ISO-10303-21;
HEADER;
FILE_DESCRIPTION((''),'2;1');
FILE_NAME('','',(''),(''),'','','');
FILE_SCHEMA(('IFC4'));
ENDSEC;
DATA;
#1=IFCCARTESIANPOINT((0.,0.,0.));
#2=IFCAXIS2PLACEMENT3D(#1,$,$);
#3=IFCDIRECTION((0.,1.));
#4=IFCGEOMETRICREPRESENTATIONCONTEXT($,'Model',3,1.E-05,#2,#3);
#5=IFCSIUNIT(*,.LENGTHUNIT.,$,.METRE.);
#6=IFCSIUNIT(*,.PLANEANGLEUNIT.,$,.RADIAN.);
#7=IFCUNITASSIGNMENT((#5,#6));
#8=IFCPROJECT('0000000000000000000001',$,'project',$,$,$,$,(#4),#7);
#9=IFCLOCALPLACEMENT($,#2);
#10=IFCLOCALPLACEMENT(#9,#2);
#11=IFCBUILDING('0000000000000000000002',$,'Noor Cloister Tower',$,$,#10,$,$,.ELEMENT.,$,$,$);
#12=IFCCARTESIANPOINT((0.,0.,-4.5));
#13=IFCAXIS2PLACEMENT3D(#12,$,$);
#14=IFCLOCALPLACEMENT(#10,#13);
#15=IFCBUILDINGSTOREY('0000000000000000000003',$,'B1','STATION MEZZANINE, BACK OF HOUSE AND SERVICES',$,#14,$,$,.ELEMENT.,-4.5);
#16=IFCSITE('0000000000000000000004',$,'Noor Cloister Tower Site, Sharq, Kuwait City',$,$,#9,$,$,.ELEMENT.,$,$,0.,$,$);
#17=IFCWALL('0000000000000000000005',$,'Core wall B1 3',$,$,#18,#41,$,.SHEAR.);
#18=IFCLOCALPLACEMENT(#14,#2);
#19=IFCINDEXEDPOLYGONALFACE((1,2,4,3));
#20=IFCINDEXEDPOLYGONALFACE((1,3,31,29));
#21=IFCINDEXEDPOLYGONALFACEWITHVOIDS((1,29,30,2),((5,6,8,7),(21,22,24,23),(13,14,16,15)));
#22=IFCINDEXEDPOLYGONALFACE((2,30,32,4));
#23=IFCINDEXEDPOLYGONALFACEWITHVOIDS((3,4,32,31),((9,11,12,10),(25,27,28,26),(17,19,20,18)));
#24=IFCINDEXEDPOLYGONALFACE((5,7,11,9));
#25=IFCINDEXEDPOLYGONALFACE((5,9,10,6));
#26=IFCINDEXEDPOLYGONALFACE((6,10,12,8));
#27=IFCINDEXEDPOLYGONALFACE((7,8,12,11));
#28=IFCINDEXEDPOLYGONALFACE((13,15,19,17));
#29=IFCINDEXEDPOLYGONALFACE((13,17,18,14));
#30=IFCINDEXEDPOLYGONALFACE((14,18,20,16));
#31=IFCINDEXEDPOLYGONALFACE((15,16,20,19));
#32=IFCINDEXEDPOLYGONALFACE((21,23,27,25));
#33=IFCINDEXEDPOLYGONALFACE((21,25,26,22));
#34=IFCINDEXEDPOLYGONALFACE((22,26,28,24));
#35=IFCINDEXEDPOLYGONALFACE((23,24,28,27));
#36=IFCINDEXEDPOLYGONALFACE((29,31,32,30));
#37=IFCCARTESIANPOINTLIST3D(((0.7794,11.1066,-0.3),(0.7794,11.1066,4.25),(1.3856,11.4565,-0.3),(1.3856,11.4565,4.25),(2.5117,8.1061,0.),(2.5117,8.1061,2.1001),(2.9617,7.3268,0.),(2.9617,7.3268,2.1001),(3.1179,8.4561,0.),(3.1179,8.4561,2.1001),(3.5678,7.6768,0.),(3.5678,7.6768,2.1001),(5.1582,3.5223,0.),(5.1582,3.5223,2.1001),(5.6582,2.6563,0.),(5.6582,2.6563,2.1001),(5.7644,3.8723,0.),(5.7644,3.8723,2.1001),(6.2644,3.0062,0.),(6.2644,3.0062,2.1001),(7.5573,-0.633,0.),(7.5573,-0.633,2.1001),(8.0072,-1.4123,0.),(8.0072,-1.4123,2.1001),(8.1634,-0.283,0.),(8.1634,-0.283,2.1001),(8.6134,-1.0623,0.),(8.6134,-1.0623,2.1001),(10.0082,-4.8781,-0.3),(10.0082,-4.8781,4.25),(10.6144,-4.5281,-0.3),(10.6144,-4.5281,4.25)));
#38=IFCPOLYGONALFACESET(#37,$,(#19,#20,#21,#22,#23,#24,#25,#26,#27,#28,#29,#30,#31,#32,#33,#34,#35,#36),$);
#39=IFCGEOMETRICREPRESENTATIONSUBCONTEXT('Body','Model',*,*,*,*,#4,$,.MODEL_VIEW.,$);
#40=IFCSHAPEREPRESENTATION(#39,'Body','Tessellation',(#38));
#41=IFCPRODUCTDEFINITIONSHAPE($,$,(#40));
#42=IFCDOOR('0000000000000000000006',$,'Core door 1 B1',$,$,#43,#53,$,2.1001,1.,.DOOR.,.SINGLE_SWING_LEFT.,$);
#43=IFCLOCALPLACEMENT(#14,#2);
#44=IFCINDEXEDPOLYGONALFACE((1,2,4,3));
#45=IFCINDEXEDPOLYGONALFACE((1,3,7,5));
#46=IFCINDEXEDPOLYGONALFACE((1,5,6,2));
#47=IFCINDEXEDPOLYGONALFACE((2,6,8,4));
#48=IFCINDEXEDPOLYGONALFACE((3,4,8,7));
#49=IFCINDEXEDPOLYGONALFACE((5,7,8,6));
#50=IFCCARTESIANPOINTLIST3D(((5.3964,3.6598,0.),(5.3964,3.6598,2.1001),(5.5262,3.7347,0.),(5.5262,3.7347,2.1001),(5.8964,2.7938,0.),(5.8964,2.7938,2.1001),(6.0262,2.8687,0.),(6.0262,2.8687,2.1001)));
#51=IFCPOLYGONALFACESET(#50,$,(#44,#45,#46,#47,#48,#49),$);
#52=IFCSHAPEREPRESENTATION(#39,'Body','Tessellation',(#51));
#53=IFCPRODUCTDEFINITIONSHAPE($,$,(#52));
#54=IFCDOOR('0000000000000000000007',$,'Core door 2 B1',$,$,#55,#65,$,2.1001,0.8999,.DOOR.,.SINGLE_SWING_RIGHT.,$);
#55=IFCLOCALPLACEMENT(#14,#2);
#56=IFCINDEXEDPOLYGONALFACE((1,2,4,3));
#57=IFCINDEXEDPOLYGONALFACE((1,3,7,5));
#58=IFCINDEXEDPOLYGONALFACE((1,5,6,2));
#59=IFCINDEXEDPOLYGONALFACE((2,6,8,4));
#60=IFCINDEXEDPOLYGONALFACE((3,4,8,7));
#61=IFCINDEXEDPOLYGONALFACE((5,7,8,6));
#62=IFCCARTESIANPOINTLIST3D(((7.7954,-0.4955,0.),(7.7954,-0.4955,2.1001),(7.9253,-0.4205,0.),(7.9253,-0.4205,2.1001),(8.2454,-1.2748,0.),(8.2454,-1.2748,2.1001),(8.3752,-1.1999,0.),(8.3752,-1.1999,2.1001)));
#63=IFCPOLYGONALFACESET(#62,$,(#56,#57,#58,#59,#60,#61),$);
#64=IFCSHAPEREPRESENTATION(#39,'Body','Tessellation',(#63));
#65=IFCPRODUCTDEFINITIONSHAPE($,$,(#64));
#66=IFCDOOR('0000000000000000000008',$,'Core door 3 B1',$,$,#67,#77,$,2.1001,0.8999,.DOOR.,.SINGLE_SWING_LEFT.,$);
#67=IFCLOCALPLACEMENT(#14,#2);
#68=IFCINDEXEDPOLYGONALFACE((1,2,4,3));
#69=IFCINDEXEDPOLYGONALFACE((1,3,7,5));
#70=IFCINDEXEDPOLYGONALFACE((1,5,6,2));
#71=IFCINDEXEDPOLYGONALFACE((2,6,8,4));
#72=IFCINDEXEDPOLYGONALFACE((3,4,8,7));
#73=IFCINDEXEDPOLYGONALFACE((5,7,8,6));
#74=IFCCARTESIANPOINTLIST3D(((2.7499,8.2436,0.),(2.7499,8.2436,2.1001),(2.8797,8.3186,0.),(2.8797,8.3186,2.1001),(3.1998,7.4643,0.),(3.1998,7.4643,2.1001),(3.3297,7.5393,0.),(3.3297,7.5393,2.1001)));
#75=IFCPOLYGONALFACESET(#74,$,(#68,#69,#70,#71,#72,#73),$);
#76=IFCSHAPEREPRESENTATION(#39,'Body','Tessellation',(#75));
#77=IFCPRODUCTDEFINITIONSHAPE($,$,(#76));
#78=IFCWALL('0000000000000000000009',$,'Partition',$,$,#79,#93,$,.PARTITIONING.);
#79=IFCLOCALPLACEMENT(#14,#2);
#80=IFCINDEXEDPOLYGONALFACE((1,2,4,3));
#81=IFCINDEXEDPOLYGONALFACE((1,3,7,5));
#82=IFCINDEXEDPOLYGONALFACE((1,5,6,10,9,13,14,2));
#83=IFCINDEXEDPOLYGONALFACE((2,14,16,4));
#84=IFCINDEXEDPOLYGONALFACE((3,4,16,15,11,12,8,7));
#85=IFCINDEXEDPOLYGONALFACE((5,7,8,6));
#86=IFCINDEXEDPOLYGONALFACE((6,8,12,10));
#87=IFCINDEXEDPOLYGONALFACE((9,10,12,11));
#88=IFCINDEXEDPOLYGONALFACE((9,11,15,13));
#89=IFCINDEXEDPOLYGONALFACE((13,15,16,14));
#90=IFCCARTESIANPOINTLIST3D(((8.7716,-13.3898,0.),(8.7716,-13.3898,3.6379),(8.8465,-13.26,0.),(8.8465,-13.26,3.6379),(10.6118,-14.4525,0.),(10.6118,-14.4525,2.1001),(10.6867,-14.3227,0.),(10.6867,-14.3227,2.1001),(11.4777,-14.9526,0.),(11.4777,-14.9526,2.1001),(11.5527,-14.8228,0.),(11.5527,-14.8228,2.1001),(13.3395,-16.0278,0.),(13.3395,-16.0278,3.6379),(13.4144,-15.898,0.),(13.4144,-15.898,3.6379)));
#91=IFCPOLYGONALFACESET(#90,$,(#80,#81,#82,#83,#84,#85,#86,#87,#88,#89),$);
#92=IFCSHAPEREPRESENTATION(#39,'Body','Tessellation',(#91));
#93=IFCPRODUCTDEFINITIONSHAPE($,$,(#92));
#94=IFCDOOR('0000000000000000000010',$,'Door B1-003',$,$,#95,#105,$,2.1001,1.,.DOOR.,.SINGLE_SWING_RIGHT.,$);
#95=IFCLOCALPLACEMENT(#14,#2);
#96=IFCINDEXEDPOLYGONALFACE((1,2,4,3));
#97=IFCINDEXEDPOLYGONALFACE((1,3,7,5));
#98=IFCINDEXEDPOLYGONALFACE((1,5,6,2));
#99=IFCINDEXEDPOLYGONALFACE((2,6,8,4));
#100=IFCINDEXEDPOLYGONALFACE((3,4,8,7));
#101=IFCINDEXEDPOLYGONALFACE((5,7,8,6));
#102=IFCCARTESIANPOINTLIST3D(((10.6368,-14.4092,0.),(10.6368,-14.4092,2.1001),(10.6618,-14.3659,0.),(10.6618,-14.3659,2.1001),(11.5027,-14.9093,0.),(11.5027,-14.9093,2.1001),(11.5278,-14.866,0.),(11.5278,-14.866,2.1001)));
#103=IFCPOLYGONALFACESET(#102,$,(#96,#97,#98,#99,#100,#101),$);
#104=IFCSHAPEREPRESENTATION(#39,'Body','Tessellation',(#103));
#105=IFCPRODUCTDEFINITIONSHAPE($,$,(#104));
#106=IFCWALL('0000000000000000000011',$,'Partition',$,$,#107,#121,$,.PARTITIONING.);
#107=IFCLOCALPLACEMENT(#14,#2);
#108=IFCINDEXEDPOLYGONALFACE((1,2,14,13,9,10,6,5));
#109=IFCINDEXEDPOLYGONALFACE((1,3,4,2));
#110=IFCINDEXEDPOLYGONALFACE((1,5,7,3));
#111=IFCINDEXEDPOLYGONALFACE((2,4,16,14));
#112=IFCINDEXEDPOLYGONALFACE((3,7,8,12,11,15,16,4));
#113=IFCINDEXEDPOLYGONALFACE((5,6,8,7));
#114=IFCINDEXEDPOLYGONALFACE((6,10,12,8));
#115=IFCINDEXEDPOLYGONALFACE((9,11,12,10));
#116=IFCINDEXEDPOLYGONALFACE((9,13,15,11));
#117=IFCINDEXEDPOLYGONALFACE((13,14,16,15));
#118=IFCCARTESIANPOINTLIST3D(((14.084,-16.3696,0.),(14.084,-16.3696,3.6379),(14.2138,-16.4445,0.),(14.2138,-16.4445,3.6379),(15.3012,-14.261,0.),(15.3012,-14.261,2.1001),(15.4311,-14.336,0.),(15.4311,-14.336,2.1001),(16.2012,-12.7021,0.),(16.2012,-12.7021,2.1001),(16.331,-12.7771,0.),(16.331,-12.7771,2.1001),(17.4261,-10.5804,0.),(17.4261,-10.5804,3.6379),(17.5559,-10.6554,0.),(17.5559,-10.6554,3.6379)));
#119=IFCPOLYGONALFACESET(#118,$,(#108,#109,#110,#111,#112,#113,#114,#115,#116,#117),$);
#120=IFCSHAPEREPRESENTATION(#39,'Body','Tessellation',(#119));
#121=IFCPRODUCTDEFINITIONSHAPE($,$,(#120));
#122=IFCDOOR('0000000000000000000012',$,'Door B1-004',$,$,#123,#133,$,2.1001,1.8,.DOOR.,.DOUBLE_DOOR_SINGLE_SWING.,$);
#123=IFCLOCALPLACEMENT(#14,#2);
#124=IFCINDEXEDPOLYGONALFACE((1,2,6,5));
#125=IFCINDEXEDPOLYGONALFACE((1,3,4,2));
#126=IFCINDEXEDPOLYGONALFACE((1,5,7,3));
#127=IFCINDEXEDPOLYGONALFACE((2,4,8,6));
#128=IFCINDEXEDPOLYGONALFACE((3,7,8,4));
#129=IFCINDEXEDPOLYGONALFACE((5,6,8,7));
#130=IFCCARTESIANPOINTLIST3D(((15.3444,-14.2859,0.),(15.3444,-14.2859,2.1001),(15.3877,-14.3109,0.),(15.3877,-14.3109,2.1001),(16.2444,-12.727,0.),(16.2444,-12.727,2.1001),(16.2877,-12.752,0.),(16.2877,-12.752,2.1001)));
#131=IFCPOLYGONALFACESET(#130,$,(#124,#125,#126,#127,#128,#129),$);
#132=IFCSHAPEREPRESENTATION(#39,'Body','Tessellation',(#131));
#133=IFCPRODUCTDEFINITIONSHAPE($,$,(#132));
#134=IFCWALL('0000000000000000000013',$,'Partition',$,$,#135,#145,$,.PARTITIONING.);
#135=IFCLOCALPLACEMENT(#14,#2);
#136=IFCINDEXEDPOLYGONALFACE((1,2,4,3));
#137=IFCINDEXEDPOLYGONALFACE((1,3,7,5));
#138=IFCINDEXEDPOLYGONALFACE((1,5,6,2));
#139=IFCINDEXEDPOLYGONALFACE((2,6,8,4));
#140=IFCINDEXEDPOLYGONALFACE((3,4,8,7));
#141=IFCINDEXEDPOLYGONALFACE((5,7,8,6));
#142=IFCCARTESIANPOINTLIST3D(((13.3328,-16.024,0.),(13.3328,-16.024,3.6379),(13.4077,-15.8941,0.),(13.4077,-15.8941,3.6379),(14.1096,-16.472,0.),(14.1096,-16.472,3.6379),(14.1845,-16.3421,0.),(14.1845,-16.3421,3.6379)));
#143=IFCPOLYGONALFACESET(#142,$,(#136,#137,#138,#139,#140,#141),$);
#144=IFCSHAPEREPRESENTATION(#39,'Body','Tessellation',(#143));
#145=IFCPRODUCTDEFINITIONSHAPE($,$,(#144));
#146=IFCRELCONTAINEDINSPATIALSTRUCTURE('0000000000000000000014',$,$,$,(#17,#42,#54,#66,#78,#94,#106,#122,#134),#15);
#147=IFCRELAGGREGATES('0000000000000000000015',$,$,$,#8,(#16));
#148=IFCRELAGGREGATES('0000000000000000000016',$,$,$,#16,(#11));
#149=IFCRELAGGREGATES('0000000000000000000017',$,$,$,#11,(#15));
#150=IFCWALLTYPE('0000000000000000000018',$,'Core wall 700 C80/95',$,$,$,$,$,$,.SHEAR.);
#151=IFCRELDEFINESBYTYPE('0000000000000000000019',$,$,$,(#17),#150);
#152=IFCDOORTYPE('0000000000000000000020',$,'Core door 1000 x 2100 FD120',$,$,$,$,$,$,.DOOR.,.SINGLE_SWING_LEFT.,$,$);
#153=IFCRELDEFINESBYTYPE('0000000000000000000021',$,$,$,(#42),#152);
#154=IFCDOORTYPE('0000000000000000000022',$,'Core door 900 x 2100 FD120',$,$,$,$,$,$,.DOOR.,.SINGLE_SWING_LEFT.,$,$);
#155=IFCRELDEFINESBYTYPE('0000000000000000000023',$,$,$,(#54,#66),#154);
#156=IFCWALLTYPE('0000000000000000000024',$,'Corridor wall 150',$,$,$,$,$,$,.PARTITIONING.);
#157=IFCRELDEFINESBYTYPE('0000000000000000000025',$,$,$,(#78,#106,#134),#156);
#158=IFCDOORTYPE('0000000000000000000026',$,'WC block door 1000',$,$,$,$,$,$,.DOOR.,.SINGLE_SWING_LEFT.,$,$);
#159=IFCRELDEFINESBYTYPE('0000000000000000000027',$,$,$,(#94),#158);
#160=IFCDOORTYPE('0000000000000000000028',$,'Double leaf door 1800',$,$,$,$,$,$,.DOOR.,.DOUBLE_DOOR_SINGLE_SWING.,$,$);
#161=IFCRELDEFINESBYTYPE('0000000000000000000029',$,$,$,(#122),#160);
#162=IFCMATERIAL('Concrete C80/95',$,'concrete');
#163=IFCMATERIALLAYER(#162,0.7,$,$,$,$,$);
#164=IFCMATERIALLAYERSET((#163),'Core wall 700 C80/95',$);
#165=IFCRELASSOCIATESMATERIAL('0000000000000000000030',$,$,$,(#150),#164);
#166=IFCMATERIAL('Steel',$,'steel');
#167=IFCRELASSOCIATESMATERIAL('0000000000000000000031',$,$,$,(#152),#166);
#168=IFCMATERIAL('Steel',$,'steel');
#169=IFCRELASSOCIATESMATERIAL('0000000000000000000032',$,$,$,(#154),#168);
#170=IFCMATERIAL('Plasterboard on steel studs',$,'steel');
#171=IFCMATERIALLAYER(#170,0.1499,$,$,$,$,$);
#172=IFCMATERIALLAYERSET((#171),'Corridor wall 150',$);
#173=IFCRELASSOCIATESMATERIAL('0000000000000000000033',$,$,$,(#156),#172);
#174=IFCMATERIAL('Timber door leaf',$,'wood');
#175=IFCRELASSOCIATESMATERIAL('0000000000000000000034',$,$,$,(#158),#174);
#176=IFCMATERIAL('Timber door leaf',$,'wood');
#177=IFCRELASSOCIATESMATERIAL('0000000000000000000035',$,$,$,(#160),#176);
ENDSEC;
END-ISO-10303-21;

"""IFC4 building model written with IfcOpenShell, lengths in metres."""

from ifc_helpers import new_model, si_unit, direction, frame, frame_2d, origin, place, context, subcontext, project, spatial, rectangle, extrude, material, layer, layer_set, type_object, element, fill, save


model = new_model("IFC4")

# Units and contexts
model_context = context("Model", 3, precision=1e-05, world=origin(), true_north=direction((0.0, 1.0)))
body_context = subcontext(model_context, "Body", "Model", "MODEL_VIEW")
ifc_project = project(units=[si_unit("LENGTHUNIT", "METRE"), si_unit("PLANEANGLEUNIT", "RADIAN")], contexts=[model_context])

# Site, building, storey
site_placement = place(None, origin())
site = spatial("IfcSite", under=ifc_project, at=site_placement, Name="Noor Cloister Tower Site, Sharq, Kuwait City", CompositionType="ELEMENT", RefElevation=0.0)
building_placement = place(site_placement, origin())
building = spatial("IfcBuilding", under=site, at=building_placement, Name="Noor Cloister Tower", CompositionType="ELEMENT")
storey_placement = place(building_placement, frame((0.0, 0.0, -4.5)))
storey = spatial("IfcBuildingStorey", under=building, at=storey_placement, Name="B1", Description="STATION MEZZANINE, BACK OF HOUSE AND SERVICES", CompositionType="ELEMENT", Elevation=-4.5)

# Wall, openings, doors
ifc_material_1 = material(Name="Concrete C80/95", Category="concrete")
ifc_layer_1 = layer(ifc_material_1, 0.7)
ifc_layer_set_1 = layer_set([ifc_layer_1], Name="Core wall 700 C80/95")
wall_type_1 = type_object("IfcWallType", Name="Core wall 700 C80/95", PredefinedType="SHEAR", material=ifc_layer_set_1)
wall_1_placement = place(storey_placement, frame((10.3113, -4.7031, -0.3), z_axis=(0.0, 0.0, 1.0), x_axis=(-0.500001, 0.866025, 0.0)))
wall_1 = element("IfcWall", 1, at=wall_1_placement, inside=storey, type_object=wall_type_1, Name="Core wall B1 3", PredefinedType="SHEAR", context=body_context, shape_type="SweptSolid", body=[
    extrude(rectangle(XDim=18.4575, YDim=0.7, at=frame_2d((9.2288, 0.0))), origin(), (0.0, 0.0, 1.0), 4.55),
])
opening_1_placement = place(wall_1_placement, frame((8.7, 0.0, 0.3)))
opening_1 = element("IfcOpeningElement", 2, at=opening_1_placement, cuts=wall_1, PredefinedType="OPENING", context=body_context, shape_type="SweptSolid", body=[
    extrude(rectangle(XDim=1.0, YDim=2.1001, at=frame_2d((0.5, 1.05))), frame((0.0, 0.3599, 0.0), z_axis=(0.0, -1.0, 0.0), x_axis=(1.0, 0.0, 0.0)), (0.0, 0.0, 1.0), 0.72),
])
opening_2_placement = place(wall_1_placement, frame((4.002, 0.0, 0.3)))
opening_2 = element("IfcOpeningElement", 3, at=opening_2_placement, cuts=wall_1, PredefinedType="OPENING", context=body_context, shape_type="SweptSolid", body=[
    extrude(rectangle(XDim=0.8999, YDim=2.1001, at=frame_2d((0.45, 1.05))), frame((0.0, 0.3599, 0.0), z_axis=(0.0, -1.0, 0.0), x_axis=(1.0, 0.0, 0.0)), (0.0, 0.0, 1.0), 0.72),
])
opening_3_placement = place(wall_1_placement, frame((14.093, 0.0, 0.3)))
opening_3 = element("IfcOpeningElement", 4, at=opening_3_placement, cuts=wall_1, PredefinedType="OPENING", context=body_context, shape_type="SweptSolid", body=[
    extrude(rectangle(XDim=0.8999, YDim=2.1001, at=frame_2d((0.45, 1.05))), frame((0.0, 0.3599, 0.0), z_axis=(0.0, -1.0, 0.0), x_axis=(1.0, 0.0, 0.0)), (0.0, 0.0, 1.0), 0.72),
])
ifc_material_2 = material(Name="Steel", Category="steel")
door_type_1 = type_object("IfcDoorType", Name="Core door 1000 x 2100 FD120", OperationType="SINGLE_SWING_LEFT", PredefinedType="DOOR", material=ifc_material_2)
door_1_placement = place(opening_1_placement, origin())
door_1 = element("IfcDoor", 5, at=door_1_placement, inside=storey, type_object=door_type_1, Name="Core door 1 B1", OperationType="SINGLE_SWING_LEFT", OverallHeight=2.1001, OverallWidth=1.0, PredefinedType="DOOR", context=body_context, shape_type="SweptSolid", body=[
    extrude(rectangle(XDim=1.0, YDim=2.1001, at=frame_2d((0.5, 1.05))), frame((0.0, 0.075, 0.0), z_axis=(0.0, -1.0, 0.0), x_axis=(1.0, 0.0, 0.0)), (0.0, 0.0, 1.0), 0.1499),
])
fill(opening_1, door_1)
ifc_material_3 = material(Name="Steel", Category="steel")
door_type_2 = type_object("IfcDoorType", Name="Core door 900 x 2100 FD120", OperationType="SINGLE_SWING_LEFT", PredefinedType="DOOR", material=ifc_material_3)
door_2_placement = place(opening_2_placement, origin())
door_2 = element("IfcDoor", 6, at=door_2_placement, inside=storey, type_object=door_type_2, Name="Core door 2 B1", OperationType="SINGLE_SWING_RIGHT", OverallHeight=2.1001, OverallWidth=0.8999, PredefinedType="DOOR", context=body_context, shape_type="SweptSolid", body=[
    extrude(rectangle(XDim=0.8999, YDim=2.1001, at=frame_2d((0.45, 1.05))), frame((0.0, 0.075, 0.0), z_axis=(0.0, -1.0, 0.0), x_axis=(1.0, 0.0, 0.0)), (0.0, 0.0, 1.0), 0.1499),
])
fill(opening_2, door_2)
door_3_placement = place(opening_3_placement, origin())
door_3 = element("IfcDoor", 7, at=door_3_placement, inside=storey, type_object=door_type_2, Name="Core door 3 B1", OperationType="SINGLE_SWING_LEFT", OverallHeight=2.1001, OverallWidth=0.8999, PredefinedType="DOOR", context=body_context, shape_type="SweptSolid", body=[
    extrude(rectangle(XDim=0.8999, YDim=2.1001, at=frame_2d((0.45, 1.05))), frame((0.0, 0.075, 0.0), z_axis=(0.0, -1.0, 0.0), x_axis=(1.0, 0.0, 0.0)), (0.0, 0.0, 1.0), 0.1499),
])
fill(opening_3, door_3)

# Walls, openings, doors
ifc_material_4 = material(Name="Plasterboard on steel studs", Category="steel")
ifc_layer_2 = layer(ifc_material_4, 0.1499)
ifc_layer_set_2 = layer_set([ifc_layer_2], Name="Corridor wall 150")
wall_type_2 = type_object("IfcWallType", Name="Corridor wall 150", PredefinedType="PARTITIONING", material=ifc_layer_set_2)
wall_2_placement = place(storey_placement, frame((13.377, -15.9629, 0.0), z_axis=(0.0, 0.0, 1.0), x_axis=(-0.86597, 0.500096, 0.0)))
wall_2 = element("IfcWall", 8, at=wall_2_placement, inside=storey, type_object=wall_type_2, Name="Partition", PredefinedType="PARTITIONING", context=body_context, shape_type="SweptSolid", body=[
    extrude(rectangle(XDim=5.2749, YDim=0.1499, at=frame_2d((2.6375, 0.0))), origin(), (0.0, 0.0, 1.0), 3.6379),
])
opening_4_placement = place(wall_2_placement, frame((2.1499, 0.0, 0.0)))
opening_4 = element("IfcOpeningElement", 9, at=opening_4_placement, cuts=wall_2, PredefinedType="OPENING", context=body_context, shape_type="SweptSolid", body=[
    extrude(rectangle(XDim=1.0, YDim=2.1001, at=frame_2d((0.5, 1.05))), frame((0.0, 0.085, 0.0), z_axis=(0.0, -1.0, 0.0), x_axis=(1.0, 0.0, 0.0)), (0.0, 0.0, 1.0), 0.1699),
])
ifc_material_5 = material(Name="Timber door leaf", Category="wood")
door_type_3 = type_object("IfcDoorType", Name="WC block door 1000", OperationType="SINGLE_SWING_LEFT", PredefinedType="DOOR", material=ifc_material_5)
door_4_placement = place(opening_4_placement, origin())
door_4 = element("IfcDoor", 10, at=door_4_placement, inside=storey, type_object=door_type_3, Name="Door B1-003", OperationType="SINGLE_SWING_RIGHT", OverallHeight=2.1001, OverallWidth=1.0, PredefinedType="DOOR", context=body_context, shape_type="SweptSolid", body=[
    extrude(rectangle(XDim=1.0, YDim=2.1001, at=frame_2d((0.5, 1.05))), frame((0.0, 0.0249, 0.0), z_axis=(0.0, -1.0, 0.0), x_axis=(1.0, 0.0, 0.0)), (0.0, 0.0, 1.0), 0.05),
])
fill(opening_4, door_4)
wall_3_placement = place(storey_placement, frame((17.491, -10.6179, 0.0), z_axis=(0.0, 0.0, 1.0), x_axis=(-0.499969, -0.866043, 0.0)))
wall_3 = element("IfcWall", 11, at=wall_3_placement, inside=storey, type_object=wall_type_2, Name="Partition", PredefinedType="PARTITIONING", context=body_context, shape_type="SweptSolid", body=[
    extrude(rectangle(XDim=6.6846, YDim=0.1499, at=frame_2d((3.3423, 0.0))), origin(), (0.0, 0.0, 1.0), 3.6379),
])
opening_5_placement = place(wall_3_placement, frame((2.45, 0.0, 0.0)))
opening_5 = element("IfcOpeningElement", 12, at=opening_5_placement, cuts=wall_3, PredefinedType="OPENING", context=body_context, shape_type="SweptSolid", body=[
    extrude(rectangle(XDim=1.8, YDim=2.1001, at=frame_2d((0.8999, 1.05))), frame((0.0, 0.085, 0.0), z_axis=(0.0, -1.0, 0.0), x_axis=(1.0, 0.0, 0.0)), (0.0, 0.0, 1.0), 0.1699),
])
ifc_material_6 = material(Name="Timber door leaf", Category="wood")
door_type_4 = type_object("IfcDoorType", Name="Double leaf door 1800", OperationType="DOUBLE_DOOR_SINGLE_SWING", PredefinedType="DOOR", material=ifc_material_6)
door_5_placement = place(opening_5_placement, origin())
door_5 = element("IfcDoor", 13, at=door_5_placement, inside=storey, type_object=door_type_4, Name="Door B1-004", OperationType="DOUBLE_DOOR_SINGLE_SWING", OverallHeight=2.1001, OverallWidth=1.8, PredefinedType="DOOR", context=body_context, shape_type="SweptSolid", body=[
    extrude(rectangle(XDim=1.8, YDim=2.1001, at=frame_2d((0.8999, 1.05))), frame((0.0, 0.0249, 0.0), z_axis=(0.0, -1.0, 0.0), x_axis=(1.0, 0.0, 0.0)), (0.0, 0.0, 1.0), 0.05),
])
fill(opening_5, door_5)

# Wall
wall_4_placement = place(storey_placement, frame((14.147, -16.407, 0.0), z_axis=(0.0, 0.0, 1.0), x_axis=(-0.866276, 0.499565, 0.0)))
element("IfcWall", 14, at=wall_4_placement, inside=storey, type_object=wall_type_2, Name="Partition", PredefinedType="PARTITIONING", context=body_context, shape_type="SweptSolid", body=[
    extrude(rectangle(XDim=0.8967, YDim=0.1499, at=frame_2d((0.4482, 0.0))), origin(), (0.0, 0.0, 1.0), 3.6379),
])

save(model, "model.ifc")
